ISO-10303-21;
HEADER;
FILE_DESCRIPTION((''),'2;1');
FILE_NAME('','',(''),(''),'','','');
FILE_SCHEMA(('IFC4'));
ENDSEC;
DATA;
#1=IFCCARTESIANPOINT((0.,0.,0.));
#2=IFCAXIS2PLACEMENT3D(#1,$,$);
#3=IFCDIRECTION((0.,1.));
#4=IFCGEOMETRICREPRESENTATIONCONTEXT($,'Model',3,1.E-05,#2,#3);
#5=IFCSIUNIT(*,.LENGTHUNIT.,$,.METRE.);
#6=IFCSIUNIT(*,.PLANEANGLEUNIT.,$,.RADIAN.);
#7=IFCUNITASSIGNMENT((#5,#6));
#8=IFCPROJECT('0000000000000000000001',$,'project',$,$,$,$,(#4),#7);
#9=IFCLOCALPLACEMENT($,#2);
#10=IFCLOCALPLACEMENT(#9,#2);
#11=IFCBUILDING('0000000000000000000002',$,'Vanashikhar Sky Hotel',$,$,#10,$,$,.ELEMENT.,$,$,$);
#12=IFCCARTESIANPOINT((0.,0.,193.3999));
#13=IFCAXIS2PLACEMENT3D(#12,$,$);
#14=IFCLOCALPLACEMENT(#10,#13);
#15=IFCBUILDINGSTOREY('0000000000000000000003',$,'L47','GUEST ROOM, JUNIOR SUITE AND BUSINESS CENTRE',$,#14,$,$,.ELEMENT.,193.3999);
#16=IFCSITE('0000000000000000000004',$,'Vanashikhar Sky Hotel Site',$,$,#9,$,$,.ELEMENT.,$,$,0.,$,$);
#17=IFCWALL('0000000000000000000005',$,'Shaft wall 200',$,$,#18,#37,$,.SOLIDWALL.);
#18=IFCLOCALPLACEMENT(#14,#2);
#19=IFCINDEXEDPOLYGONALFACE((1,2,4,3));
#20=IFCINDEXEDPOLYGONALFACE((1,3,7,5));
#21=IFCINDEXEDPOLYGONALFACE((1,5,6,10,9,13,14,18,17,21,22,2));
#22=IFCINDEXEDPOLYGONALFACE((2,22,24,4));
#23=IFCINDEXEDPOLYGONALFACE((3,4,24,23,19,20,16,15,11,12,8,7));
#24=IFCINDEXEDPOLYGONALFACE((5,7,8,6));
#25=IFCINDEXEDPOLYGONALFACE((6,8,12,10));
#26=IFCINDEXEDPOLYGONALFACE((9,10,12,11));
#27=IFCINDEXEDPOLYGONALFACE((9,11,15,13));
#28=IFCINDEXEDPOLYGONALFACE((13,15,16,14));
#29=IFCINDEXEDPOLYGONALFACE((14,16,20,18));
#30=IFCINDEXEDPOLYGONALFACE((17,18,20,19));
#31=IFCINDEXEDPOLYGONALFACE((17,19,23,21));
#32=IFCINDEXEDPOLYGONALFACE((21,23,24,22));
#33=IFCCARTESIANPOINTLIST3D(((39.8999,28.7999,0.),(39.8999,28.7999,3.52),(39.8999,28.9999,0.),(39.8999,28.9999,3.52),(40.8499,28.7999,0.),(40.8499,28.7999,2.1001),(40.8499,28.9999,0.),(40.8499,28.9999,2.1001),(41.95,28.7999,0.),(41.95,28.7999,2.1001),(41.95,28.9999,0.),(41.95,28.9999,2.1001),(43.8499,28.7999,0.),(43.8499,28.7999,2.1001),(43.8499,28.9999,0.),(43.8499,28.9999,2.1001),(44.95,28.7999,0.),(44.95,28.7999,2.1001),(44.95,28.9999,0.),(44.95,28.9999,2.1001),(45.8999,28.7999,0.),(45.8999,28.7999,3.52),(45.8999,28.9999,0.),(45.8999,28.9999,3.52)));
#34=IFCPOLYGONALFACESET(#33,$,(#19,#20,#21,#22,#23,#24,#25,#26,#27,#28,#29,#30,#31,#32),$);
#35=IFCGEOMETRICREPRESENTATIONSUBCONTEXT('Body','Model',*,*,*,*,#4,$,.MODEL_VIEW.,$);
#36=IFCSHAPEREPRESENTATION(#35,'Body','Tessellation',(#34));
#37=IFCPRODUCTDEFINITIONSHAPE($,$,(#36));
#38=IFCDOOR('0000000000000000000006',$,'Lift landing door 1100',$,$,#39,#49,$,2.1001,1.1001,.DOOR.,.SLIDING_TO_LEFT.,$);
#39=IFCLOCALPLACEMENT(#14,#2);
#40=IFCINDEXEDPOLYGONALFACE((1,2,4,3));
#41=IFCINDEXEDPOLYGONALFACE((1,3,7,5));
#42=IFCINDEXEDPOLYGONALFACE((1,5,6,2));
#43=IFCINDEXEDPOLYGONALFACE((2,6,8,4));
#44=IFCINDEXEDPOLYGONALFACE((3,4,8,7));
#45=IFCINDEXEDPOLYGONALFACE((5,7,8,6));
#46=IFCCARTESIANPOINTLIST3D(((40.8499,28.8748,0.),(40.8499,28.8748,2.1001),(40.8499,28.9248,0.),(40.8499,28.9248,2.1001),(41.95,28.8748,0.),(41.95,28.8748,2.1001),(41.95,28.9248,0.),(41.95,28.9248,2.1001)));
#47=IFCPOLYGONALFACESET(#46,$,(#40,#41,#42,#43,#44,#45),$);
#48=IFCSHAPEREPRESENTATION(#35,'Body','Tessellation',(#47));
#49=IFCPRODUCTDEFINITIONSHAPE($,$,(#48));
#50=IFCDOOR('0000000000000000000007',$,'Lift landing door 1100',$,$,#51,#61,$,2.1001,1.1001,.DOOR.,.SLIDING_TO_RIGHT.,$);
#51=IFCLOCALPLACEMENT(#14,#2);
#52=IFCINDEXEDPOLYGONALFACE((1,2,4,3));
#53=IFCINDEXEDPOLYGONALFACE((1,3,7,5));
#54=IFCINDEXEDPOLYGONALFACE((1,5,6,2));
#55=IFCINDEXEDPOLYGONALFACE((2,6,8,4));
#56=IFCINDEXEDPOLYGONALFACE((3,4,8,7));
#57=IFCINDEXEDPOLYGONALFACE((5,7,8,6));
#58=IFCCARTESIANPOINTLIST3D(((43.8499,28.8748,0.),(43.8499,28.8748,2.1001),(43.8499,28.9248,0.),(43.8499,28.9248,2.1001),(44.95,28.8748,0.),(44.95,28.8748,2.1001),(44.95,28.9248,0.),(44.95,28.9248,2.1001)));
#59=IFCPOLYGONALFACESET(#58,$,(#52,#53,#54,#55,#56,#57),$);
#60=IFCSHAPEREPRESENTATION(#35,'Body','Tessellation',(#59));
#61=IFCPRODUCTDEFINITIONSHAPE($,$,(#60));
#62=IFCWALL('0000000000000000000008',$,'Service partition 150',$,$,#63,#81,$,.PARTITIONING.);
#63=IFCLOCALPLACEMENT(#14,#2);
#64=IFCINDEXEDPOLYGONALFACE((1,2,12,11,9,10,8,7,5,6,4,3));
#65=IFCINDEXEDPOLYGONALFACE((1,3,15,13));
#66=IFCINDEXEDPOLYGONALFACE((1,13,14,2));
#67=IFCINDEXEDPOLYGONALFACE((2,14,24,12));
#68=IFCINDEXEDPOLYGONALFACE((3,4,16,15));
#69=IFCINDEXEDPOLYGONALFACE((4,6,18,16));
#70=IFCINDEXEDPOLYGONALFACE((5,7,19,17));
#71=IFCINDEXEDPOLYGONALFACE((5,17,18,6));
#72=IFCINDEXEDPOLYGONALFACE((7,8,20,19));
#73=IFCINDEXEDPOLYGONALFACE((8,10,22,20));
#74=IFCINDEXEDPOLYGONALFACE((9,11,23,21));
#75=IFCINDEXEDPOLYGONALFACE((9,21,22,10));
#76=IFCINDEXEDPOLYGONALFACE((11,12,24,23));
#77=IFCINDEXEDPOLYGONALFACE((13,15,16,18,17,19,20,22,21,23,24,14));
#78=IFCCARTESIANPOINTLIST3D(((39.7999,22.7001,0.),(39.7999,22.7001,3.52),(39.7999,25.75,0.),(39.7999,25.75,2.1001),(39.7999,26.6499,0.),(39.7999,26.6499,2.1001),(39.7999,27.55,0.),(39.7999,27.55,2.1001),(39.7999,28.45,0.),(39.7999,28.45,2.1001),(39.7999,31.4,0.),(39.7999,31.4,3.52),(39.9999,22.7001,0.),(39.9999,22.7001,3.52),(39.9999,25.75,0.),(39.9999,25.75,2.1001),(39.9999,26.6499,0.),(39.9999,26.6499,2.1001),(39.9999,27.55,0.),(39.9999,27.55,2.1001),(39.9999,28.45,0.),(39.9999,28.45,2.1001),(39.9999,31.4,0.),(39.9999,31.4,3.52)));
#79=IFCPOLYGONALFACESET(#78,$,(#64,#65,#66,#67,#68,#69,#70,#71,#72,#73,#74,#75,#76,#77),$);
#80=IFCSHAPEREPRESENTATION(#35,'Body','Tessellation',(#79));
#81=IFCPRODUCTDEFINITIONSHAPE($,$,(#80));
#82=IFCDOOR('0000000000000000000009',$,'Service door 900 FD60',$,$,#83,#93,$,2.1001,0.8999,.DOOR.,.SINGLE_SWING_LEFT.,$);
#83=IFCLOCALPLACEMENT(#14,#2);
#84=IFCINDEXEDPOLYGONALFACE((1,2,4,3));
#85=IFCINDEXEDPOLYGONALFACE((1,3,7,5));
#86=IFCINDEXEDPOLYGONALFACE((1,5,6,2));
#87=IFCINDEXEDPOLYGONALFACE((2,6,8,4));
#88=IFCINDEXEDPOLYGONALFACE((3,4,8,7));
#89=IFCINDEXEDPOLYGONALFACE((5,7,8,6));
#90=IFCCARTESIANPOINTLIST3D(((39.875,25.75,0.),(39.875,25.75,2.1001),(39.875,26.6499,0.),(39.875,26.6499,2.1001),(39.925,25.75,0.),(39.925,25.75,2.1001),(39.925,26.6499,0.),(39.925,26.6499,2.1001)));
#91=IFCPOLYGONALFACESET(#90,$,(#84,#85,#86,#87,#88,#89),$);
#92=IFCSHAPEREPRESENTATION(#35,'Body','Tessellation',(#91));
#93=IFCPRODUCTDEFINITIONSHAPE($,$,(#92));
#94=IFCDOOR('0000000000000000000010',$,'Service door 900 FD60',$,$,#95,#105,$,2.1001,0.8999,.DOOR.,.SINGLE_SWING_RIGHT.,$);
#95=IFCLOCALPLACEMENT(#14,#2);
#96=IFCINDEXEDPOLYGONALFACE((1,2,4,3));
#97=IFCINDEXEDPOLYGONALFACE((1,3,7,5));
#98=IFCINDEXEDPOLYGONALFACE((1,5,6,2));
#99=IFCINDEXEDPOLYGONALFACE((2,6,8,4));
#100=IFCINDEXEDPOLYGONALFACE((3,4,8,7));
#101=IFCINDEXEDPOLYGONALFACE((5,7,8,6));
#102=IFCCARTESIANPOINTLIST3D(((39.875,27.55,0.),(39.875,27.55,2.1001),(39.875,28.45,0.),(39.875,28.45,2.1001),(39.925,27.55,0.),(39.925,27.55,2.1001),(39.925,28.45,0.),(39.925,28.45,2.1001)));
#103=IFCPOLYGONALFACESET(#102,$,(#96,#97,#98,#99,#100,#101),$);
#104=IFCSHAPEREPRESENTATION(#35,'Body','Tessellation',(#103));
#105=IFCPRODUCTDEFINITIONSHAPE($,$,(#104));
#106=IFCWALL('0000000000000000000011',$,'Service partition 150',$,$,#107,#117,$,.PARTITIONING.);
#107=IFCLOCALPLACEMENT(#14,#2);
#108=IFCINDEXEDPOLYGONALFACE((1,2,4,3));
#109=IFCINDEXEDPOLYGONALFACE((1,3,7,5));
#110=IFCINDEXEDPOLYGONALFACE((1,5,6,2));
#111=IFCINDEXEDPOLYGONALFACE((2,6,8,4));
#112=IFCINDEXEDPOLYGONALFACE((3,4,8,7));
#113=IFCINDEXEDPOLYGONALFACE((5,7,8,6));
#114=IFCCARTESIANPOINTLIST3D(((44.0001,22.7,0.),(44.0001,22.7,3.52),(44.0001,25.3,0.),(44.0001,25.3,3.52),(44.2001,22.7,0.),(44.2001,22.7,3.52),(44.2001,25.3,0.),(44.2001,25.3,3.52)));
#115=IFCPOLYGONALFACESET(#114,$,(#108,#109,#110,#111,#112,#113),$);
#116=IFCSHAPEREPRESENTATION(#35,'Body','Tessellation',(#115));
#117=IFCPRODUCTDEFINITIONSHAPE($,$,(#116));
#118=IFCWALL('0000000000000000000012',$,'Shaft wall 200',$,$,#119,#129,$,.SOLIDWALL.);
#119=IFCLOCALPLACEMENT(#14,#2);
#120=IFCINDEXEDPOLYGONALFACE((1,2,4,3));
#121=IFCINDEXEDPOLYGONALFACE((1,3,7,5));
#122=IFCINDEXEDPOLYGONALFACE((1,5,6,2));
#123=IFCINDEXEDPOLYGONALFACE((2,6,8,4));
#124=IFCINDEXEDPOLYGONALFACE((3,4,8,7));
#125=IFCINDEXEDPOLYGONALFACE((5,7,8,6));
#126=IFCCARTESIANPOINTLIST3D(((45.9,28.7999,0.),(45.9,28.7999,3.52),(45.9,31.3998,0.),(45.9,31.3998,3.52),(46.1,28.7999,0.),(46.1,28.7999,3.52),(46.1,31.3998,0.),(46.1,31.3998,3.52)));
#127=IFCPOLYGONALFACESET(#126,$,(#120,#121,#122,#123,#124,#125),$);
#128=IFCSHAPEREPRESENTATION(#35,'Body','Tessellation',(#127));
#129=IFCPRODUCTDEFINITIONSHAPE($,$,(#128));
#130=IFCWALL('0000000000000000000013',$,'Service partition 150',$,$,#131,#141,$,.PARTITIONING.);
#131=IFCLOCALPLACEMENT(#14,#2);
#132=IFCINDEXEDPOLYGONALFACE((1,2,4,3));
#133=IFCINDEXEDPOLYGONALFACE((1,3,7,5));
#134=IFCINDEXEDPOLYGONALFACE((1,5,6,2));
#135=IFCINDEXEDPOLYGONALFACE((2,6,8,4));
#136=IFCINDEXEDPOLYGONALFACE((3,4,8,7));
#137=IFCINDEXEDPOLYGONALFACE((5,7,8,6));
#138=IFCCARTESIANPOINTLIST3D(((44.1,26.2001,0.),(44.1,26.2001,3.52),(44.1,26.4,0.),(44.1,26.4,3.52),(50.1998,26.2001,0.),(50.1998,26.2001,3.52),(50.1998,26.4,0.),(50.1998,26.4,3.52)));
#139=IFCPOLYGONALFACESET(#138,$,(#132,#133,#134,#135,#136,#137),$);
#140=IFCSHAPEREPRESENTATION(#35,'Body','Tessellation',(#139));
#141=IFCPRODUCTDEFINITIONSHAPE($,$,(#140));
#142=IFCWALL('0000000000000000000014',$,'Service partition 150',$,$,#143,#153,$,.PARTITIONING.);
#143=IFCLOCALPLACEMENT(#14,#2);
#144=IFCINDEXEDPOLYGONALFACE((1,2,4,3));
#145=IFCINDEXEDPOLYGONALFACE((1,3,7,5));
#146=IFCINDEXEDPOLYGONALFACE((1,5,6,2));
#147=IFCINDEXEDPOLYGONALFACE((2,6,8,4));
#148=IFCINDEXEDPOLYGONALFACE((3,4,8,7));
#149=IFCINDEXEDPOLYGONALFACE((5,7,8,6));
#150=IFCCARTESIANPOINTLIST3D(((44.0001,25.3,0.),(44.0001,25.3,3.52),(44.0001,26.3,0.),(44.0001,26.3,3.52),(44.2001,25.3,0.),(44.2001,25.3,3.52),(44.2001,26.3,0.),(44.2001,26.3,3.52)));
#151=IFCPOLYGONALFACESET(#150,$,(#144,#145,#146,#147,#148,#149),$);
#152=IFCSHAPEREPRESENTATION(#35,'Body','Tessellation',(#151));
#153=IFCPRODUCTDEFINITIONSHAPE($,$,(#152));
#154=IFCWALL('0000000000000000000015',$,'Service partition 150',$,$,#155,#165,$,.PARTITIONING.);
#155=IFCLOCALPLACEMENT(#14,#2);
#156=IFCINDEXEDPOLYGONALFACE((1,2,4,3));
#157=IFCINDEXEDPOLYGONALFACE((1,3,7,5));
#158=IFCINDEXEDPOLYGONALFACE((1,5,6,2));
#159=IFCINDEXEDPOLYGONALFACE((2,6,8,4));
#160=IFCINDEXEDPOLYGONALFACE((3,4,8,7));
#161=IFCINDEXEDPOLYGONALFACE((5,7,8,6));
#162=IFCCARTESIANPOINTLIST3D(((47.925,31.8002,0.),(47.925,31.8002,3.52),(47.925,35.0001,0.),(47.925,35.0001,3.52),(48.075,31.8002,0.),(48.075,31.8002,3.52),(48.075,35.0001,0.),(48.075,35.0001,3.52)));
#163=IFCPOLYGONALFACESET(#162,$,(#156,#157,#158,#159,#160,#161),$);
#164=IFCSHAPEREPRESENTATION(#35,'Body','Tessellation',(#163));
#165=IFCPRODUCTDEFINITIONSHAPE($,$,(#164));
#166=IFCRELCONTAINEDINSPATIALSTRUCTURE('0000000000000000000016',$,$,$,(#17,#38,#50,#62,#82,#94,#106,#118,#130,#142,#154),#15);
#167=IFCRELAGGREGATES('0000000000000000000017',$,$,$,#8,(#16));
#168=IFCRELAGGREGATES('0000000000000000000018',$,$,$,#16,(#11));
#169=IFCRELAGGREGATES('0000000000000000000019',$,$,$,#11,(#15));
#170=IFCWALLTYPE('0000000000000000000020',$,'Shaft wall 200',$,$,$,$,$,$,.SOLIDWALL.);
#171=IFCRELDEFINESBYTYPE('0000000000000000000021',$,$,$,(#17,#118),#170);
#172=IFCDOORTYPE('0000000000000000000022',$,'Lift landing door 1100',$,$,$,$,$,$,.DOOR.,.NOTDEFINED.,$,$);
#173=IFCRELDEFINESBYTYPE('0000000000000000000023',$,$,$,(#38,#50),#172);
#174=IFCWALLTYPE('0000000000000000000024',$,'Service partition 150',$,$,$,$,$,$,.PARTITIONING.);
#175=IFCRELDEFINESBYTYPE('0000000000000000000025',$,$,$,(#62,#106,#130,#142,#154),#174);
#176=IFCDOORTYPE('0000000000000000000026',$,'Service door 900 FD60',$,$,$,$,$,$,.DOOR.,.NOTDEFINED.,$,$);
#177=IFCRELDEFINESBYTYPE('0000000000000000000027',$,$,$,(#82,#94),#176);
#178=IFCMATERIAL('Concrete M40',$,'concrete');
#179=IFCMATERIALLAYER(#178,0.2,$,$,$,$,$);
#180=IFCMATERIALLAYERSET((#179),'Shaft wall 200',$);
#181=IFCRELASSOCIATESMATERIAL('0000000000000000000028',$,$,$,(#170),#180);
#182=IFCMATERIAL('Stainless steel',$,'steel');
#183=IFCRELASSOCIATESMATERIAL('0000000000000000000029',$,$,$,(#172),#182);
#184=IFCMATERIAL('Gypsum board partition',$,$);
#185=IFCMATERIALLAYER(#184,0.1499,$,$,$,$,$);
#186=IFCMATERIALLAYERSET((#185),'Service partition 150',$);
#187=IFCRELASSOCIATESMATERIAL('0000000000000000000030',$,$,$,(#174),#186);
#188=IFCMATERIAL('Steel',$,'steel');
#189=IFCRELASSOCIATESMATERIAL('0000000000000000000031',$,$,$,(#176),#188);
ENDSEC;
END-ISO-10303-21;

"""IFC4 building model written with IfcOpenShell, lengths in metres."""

from ifc_helpers import new_model, si_unit, direction, frame, frame_2d, origin, place, context, subcontext, project, spatial, rectangle, extrude, source, transform, mapped, material, layer, layer_set, type_object, element, fill, save


model = new_model("IFC4")

# Units and contexts
model_context = context("Model", 3, precision=1e-05, world=origin(), true_north=direction((0.0, 1.0)))
body_context = subcontext(model_context, "Body", "Model", "MODEL_VIEW")
ifc_project = project(units=[si_unit("LENGTHUNIT", "METRE"), si_unit("PLANEANGLEUNIT", "RADIAN")], contexts=[model_context])

# Site, building, storey
site_placement = place(None, origin())
site = spatial("IfcSite", under=ifc_project, at=site_placement, Name="Vanashikhar Sky Hotel Site", CompositionType="ELEMENT", RefElevation=0.0)
building_placement = place(site_placement, origin())
building = spatial("IfcBuilding", under=site, at=building_placement, Name="Vanashikhar Sky Hotel", CompositionType="ELEMENT")
storey_placement = place(building_placement, frame((0.0, 0.0, 193.3999)))
storey = spatial("IfcBuildingStorey", under=building, at=storey_placement, Name="L47", Description="GUEST ROOM, JUNIOR SUITE AND BUSINESS CENTRE", CompositionType="ELEMENT", Elevation=193.3999)

# Walls, openings, doors
ifc_material_1 = material(Name="Concrete M40", Category="concrete")
ifc_layer_1 = layer(ifc_material_1, 0.2)
ifc_layer_set_1 = layer_set([ifc_layer_1], Name="Shaft wall 200")
wall_type_1 = type_object("IfcWallType", Name="Shaft wall 200", PredefinedType="SOLIDWALL", material=ifc_layer_set_1)
shared_shape_1 = source(origin(), body_context, "Body", "SweptSolid", [
    extrude(rectangle(XDim=6.0, YDim=0.2, at=frame_2d((3.0, 0.0))), origin(), (0.0, 0.0, 1.0), 3.52),
])
wall_1_placement = place(storey_placement, frame((39.8999, 28.8999, 0.0), z_axis=(0.0, 0.0, 1.0), x_axis=(1.0, 0.0, 0.0)))
wall_1 = element("IfcWall", 1, at=wall_1_placement, inside=storey, type_object=wall_type_1, Name="Shaft wall 200", PredefinedType="SOLIDWALL", context=body_context, shape_type="MappedRepresentation", body=[
    mapped(shared_shape_1, transform((0.0, 0.0, 0.0), scale=1.0)),
])
shared_shape_2 = source(origin(), body_context, "Body", "SweptSolid", [
    extrude(rectangle(XDim=1.1001, YDim=2.1001, at=frame_2d((0.55, 1.05))), frame((0.0, 0.1099, 0.0), z_axis=(0.0, -1.0, 0.0), x_axis=(1.0, 0.0, 0.0)), (0.0, 0.0, 1.0), 0.22),
])
opening_1_placement = place(wall_1_placement, frame((0.95, 0.0, 0.0)))
opening_1 = element("IfcOpeningElement", 2, at=opening_1_placement, cuts=wall_1, PredefinedType="OPENING", context=body_context, shape_type="MappedRepresentation", body=[
    mapped(shared_shape_2, transform((0.0, 0.0, 0.0), scale=1.0)),
])
opening_2_placement = place(wall_1_placement, frame((3.95, 0.0, 0.0)))
opening_2 = element("IfcOpeningElement", 3, at=opening_2_placement, cuts=wall_1, PredefinedType="OPENING", context=body_context, shape_type="MappedRepresentation", body=[
    mapped(shared_shape_2, transform((0.0, 0.0, 0.0), scale=1.0)),
])
ifc_material_2 = material(Name="Stainless steel", Category="steel")
door_type_1 = type_object("IfcDoorType", Name="Lift landing door 1100", OperationType="NOTDEFINED", PredefinedType="DOOR", material=ifc_material_2)
shared_shape_3 = source(origin(), body_context, "Body", "SweptSolid", [
    extrude(rectangle(XDim=1.1001, YDim=2.1001, at=frame_2d((0.55, 1.05))), frame((0.0, 0.0249, 0.0), z_axis=(0.0, -1.0, 0.0), x_axis=(1.0, 0.0, 0.0)), (0.0, 0.0, 1.0), 0.05),
])
door_1_placement = place(opening_1_placement, origin())
door_1 = element("IfcDoor", 4, at=door_1_placement, inside=storey, type_object=door_type_1, Name="Lift landing door 1100", OperationType="SLIDING_TO_LEFT", OverallHeight=2.1001, OverallWidth=1.1001, PredefinedType="DOOR", context=body_context, shape_type="MappedRepresentation", body=[
    mapped(shared_shape_3, transform((0.0, 0.0, 0.0), scale=1.0)),
])
fill(opening_1, door_1)
door_2_placement = place(opening_2_placement, origin())
door_2 = element("IfcDoor", 5, at=door_2_placement, inside=storey, type_object=door_type_1, Name="Lift landing door 1100", OperationType="SLIDING_TO_RIGHT", OverallHeight=2.1001, OverallWidth=1.1001, PredefinedType="DOOR", context=body_context, shape_type="MappedRepresentation", body=[
    mapped(shared_shape_3, transform((0.0, 0.0, 0.0), scale=1.0)),
])
fill(opening_2, door_2)
ifc_material_3 = material(Name="Gypsum board partition")
ifc_layer_2 = layer(ifc_material_3, 0.1499)
ifc_layer_set_2 = layer_set([ifc_layer_2], Name="Service partition 150")
wall_type_2 = type_object("IfcWallType", Name="Service partition 150", PredefinedType="PARTITIONING", material=ifc_layer_set_2)
shared_shape_4 = source(origin(), body_context, "Body", "SweptSolid", [
    extrude(rectangle(XDim=8.7, YDim=0.2, at=frame_2d((4.3501, 0.0))), origin(), (0.0, 0.0, 1.0), 3.52),
])
wall_2_placement = place(storey_placement, frame((39.8999, 22.7, 0.0), z_axis=(0.0, 0.0, 1.0), x_axis=(0.0, 1.0, 0.0)))
wall_2 = element("IfcWall", 6, at=wall_2_placement, inside=storey, type_object=wall_type_2, Name="Service partition 150", PredefinedType="PARTITIONING", context=body_context, shape_type="MappedRepresentation", body=[
    mapped(shared_shape_4, transform((0.0, 0.0, 0.0), scale=1.0)),
])
shared_shape_5 = source(origin(), body_context, "Body", "SweptSolid", [
    extrude(rectangle(XDim=0.8999, YDim=2.1001, at=frame_2d((0.45, 1.05))), frame((0.0, 0.1099, 0.0), z_axis=(0.0, -1.0, 0.0), x_axis=(1.0, 0.0, 0.0)), (0.0, 0.0, 1.0), 0.22),
])
opening_3_placement = place(wall_2_placement, frame((3.05, 0.0, 0.0)))
opening_3 = element("IfcOpeningElement", 7, at=opening_3_placement, cuts=wall_2, PredefinedType="OPENING", context=body_context, shape_type="MappedRepresentation", body=[
    mapped(shared_shape_5, transform((0.0, 0.0, 0.0), scale=1.0)),
])
opening_4_placement = place(wall_2_placement, frame((4.8501, 0.0, 0.0)))
opening_4 = element("IfcOpeningElement", 8, at=opening_4_placement, cuts=wall_2, PredefinedType="OPENING", context=body_context, shape_type="MappedRepresentation", body=[
    mapped(shared_shape_5, transform((0.0, 0.0, 0.0), scale=1.0)),
])
ifc_material_4 = material(Name="Steel", Category="steel")
door_type_2 = type_object("IfcDoorType", Name="Service door 900 FD60", OperationType="NOTDEFINED", PredefinedType="DOOR", material=ifc_material_4)
shared_shape_6 = source(origin(), body_context, "Body", "SweptSolid", [
    extrude(rectangle(XDim=0.8999, YDim=2.1001, at=frame_2d((0.45, 1.05))), frame((0.0, 0.0249, 0.0), z_axis=(0.0, -1.0, 0.0), x_axis=(1.0, 0.0, 0.0)), (0.0, 0.0, 1.0), 0.05),
])
door_3_placement = place(opening_3_placement, origin())
door_3 = element("IfcDoor", 9, at=door_3_placement, inside=storey, type_object=door_type_2, Name="Service door 900 FD60", OperationType="SINGLE_SWING_LEFT", OverallHeight=2.1001, OverallWidth=0.8999, PredefinedType="DOOR", context=body_context, shape_type="MappedRepresentation", body=[
    mapped(shared_shape_6, transform((0.0, 0.0, 0.0), scale=1.0)),
])
fill(opening_3, door_3)
door_4_placement = place(opening_4_placement, origin())
door_4 = element("IfcDoor", 10, at=door_4_placement, inside=storey, type_object=door_type_2, Name="Service door 900 FD60", OperationType="SINGLE_SWING_RIGHT", OverallHeight=2.1001, OverallWidth=0.8999, PredefinedType="DOOR", context=body_context, shape_type="MappedRepresentation", body=[
    mapped(shared_shape_6, transform((0.0, 0.0, 0.0), scale=1.0)),
])
fill(opening_4, door_4)

# Walls
shared_shape_7 = source(origin(), body_context, "Body", "SweptSolid", [
    extrude(rectangle(XDim=2.6001, YDim=0.2, at=frame_2d((1.3, 0.0))), origin(), (0.0, 0.0, 1.0), 3.52),
])
wall_3_placement = place(storey_placement, frame((44.1001, 22.7, 0.0), z_axis=(0.0, 0.0, 1.0), x_axis=(0.0, 1.0, 0.0)))
element("IfcWall", 11, at=wall_3_placement, inside=storey, type_object=wall_type_2, Name="Service partition 150", PredefinedType="PARTITIONING", context=body_context, shape_type="MappedRepresentation", body=[
    mapped(shared_shape_7, transform((0.0, 0.0, 0.0), scale=1.0)),
])
shared_shape_8 = source(origin(), body_context, "Body", "SweptSolid", [
    extrude(rectangle(XDim=2.5999, YDim=0.2, at=frame_2d((1.2998, 0.0))), origin(), (0.0, 0.0, 1.0), 3.52),
])
wall_4_placement = place(storey_placement, frame((46.0, 28.8, 0.0), z_axis=(0.0, 0.0, 1.0), x_axis=(0.0, 1.0, 0.0)))
element("IfcWall", 12, at=wall_4_placement, inside=storey, type_object=wall_type_1, Name="Shaft wall 200", PredefinedType="SOLIDWALL", context=body_context, shape_type="MappedRepresentation", body=[
    mapped(shared_shape_8, transform((0.0, 0.0, 0.0), scale=1.0)),
])
shared_shape_9 = source(origin(), body_context, "Body", "SweptSolid", [
    extrude(rectangle(XDim=6.0999, YDim=0.2, at=frame_2d((3.0498, 0.0))), origin(), (0.0, 0.0, 1.0), 3.52),
])
wall_5_placement = place(storey_placement, frame((44.1001, 26.3, 0.0), z_axis=(0.0, 0.0, 1.0), x_axis=(1.0, 0.0, 0.0)))
element("IfcWall", 13, at=wall_5_placement, inside=storey, type_object=wall_type_2, Name="Service partition 150", PredefinedType="PARTITIONING", context=body_context, shape_type="MappedRepresentation", body=[
    mapped(shared_shape_9, transform((0.0, 0.0, 0.0), scale=1.0)),
])
shared_shape_10 = source(origin(), body_context, "Body", "SweptSolid", [
    extrude(rectangle(XDim=1.0, YDim=0.2, at=frame_2d((0.5, 0.0))), origin(), (0.0, 0.0, 1.0), 3.52),
])
wall_6_placement = place(storey_placement, frame((44.1001, 25.3, 0.0), z_axis=(0.0, 0.0, 1.0), x_axis=(0.0, 1.0, 0.0)))
element("IfcWall", 14, at=wall_6_placement, inside=storey, type_object=wall_type_2, Name="Service partition 150", PredefinedType="PARTITIONING", context=body_context, shape_type="MappedRepresentation", body=[
    mapped(shared_shape_10, transform((0.0, 0.0, 0.0), scale=1.0)),
])
shared_shape_11 = source(origin(), body_context, "Body", "SweptSolid", [
    extrude(rectangle(XDim=3.2, YDim=0.1499, at=frame_2d((1.6001, 0.0))), origin(), (0.0, 0.0, 1.0), 3.52),
])
for number, where, z_axis, x_axis, name in (
    (15, (48.0, 31.8, 0.0), (0.0, 0.0, 1.0), (0.0, 1.0, 0.0), "Service partition 150"),
):
    element("IfcWall", number, at=place(storey_placement, frame(where, z_axis=z_axis, x_axis=x_axis)), inside=storey, type_object=wall_type_2, Name=name, PredefinedType="PARTITIONING", context=body_context, shape_type="MappedRepresentation", body=[
        mapped(shared_shape_11, transform((0.0, 0.0, 0.0), scale=1.0)),
    ])

save(model, "model.ifc")
